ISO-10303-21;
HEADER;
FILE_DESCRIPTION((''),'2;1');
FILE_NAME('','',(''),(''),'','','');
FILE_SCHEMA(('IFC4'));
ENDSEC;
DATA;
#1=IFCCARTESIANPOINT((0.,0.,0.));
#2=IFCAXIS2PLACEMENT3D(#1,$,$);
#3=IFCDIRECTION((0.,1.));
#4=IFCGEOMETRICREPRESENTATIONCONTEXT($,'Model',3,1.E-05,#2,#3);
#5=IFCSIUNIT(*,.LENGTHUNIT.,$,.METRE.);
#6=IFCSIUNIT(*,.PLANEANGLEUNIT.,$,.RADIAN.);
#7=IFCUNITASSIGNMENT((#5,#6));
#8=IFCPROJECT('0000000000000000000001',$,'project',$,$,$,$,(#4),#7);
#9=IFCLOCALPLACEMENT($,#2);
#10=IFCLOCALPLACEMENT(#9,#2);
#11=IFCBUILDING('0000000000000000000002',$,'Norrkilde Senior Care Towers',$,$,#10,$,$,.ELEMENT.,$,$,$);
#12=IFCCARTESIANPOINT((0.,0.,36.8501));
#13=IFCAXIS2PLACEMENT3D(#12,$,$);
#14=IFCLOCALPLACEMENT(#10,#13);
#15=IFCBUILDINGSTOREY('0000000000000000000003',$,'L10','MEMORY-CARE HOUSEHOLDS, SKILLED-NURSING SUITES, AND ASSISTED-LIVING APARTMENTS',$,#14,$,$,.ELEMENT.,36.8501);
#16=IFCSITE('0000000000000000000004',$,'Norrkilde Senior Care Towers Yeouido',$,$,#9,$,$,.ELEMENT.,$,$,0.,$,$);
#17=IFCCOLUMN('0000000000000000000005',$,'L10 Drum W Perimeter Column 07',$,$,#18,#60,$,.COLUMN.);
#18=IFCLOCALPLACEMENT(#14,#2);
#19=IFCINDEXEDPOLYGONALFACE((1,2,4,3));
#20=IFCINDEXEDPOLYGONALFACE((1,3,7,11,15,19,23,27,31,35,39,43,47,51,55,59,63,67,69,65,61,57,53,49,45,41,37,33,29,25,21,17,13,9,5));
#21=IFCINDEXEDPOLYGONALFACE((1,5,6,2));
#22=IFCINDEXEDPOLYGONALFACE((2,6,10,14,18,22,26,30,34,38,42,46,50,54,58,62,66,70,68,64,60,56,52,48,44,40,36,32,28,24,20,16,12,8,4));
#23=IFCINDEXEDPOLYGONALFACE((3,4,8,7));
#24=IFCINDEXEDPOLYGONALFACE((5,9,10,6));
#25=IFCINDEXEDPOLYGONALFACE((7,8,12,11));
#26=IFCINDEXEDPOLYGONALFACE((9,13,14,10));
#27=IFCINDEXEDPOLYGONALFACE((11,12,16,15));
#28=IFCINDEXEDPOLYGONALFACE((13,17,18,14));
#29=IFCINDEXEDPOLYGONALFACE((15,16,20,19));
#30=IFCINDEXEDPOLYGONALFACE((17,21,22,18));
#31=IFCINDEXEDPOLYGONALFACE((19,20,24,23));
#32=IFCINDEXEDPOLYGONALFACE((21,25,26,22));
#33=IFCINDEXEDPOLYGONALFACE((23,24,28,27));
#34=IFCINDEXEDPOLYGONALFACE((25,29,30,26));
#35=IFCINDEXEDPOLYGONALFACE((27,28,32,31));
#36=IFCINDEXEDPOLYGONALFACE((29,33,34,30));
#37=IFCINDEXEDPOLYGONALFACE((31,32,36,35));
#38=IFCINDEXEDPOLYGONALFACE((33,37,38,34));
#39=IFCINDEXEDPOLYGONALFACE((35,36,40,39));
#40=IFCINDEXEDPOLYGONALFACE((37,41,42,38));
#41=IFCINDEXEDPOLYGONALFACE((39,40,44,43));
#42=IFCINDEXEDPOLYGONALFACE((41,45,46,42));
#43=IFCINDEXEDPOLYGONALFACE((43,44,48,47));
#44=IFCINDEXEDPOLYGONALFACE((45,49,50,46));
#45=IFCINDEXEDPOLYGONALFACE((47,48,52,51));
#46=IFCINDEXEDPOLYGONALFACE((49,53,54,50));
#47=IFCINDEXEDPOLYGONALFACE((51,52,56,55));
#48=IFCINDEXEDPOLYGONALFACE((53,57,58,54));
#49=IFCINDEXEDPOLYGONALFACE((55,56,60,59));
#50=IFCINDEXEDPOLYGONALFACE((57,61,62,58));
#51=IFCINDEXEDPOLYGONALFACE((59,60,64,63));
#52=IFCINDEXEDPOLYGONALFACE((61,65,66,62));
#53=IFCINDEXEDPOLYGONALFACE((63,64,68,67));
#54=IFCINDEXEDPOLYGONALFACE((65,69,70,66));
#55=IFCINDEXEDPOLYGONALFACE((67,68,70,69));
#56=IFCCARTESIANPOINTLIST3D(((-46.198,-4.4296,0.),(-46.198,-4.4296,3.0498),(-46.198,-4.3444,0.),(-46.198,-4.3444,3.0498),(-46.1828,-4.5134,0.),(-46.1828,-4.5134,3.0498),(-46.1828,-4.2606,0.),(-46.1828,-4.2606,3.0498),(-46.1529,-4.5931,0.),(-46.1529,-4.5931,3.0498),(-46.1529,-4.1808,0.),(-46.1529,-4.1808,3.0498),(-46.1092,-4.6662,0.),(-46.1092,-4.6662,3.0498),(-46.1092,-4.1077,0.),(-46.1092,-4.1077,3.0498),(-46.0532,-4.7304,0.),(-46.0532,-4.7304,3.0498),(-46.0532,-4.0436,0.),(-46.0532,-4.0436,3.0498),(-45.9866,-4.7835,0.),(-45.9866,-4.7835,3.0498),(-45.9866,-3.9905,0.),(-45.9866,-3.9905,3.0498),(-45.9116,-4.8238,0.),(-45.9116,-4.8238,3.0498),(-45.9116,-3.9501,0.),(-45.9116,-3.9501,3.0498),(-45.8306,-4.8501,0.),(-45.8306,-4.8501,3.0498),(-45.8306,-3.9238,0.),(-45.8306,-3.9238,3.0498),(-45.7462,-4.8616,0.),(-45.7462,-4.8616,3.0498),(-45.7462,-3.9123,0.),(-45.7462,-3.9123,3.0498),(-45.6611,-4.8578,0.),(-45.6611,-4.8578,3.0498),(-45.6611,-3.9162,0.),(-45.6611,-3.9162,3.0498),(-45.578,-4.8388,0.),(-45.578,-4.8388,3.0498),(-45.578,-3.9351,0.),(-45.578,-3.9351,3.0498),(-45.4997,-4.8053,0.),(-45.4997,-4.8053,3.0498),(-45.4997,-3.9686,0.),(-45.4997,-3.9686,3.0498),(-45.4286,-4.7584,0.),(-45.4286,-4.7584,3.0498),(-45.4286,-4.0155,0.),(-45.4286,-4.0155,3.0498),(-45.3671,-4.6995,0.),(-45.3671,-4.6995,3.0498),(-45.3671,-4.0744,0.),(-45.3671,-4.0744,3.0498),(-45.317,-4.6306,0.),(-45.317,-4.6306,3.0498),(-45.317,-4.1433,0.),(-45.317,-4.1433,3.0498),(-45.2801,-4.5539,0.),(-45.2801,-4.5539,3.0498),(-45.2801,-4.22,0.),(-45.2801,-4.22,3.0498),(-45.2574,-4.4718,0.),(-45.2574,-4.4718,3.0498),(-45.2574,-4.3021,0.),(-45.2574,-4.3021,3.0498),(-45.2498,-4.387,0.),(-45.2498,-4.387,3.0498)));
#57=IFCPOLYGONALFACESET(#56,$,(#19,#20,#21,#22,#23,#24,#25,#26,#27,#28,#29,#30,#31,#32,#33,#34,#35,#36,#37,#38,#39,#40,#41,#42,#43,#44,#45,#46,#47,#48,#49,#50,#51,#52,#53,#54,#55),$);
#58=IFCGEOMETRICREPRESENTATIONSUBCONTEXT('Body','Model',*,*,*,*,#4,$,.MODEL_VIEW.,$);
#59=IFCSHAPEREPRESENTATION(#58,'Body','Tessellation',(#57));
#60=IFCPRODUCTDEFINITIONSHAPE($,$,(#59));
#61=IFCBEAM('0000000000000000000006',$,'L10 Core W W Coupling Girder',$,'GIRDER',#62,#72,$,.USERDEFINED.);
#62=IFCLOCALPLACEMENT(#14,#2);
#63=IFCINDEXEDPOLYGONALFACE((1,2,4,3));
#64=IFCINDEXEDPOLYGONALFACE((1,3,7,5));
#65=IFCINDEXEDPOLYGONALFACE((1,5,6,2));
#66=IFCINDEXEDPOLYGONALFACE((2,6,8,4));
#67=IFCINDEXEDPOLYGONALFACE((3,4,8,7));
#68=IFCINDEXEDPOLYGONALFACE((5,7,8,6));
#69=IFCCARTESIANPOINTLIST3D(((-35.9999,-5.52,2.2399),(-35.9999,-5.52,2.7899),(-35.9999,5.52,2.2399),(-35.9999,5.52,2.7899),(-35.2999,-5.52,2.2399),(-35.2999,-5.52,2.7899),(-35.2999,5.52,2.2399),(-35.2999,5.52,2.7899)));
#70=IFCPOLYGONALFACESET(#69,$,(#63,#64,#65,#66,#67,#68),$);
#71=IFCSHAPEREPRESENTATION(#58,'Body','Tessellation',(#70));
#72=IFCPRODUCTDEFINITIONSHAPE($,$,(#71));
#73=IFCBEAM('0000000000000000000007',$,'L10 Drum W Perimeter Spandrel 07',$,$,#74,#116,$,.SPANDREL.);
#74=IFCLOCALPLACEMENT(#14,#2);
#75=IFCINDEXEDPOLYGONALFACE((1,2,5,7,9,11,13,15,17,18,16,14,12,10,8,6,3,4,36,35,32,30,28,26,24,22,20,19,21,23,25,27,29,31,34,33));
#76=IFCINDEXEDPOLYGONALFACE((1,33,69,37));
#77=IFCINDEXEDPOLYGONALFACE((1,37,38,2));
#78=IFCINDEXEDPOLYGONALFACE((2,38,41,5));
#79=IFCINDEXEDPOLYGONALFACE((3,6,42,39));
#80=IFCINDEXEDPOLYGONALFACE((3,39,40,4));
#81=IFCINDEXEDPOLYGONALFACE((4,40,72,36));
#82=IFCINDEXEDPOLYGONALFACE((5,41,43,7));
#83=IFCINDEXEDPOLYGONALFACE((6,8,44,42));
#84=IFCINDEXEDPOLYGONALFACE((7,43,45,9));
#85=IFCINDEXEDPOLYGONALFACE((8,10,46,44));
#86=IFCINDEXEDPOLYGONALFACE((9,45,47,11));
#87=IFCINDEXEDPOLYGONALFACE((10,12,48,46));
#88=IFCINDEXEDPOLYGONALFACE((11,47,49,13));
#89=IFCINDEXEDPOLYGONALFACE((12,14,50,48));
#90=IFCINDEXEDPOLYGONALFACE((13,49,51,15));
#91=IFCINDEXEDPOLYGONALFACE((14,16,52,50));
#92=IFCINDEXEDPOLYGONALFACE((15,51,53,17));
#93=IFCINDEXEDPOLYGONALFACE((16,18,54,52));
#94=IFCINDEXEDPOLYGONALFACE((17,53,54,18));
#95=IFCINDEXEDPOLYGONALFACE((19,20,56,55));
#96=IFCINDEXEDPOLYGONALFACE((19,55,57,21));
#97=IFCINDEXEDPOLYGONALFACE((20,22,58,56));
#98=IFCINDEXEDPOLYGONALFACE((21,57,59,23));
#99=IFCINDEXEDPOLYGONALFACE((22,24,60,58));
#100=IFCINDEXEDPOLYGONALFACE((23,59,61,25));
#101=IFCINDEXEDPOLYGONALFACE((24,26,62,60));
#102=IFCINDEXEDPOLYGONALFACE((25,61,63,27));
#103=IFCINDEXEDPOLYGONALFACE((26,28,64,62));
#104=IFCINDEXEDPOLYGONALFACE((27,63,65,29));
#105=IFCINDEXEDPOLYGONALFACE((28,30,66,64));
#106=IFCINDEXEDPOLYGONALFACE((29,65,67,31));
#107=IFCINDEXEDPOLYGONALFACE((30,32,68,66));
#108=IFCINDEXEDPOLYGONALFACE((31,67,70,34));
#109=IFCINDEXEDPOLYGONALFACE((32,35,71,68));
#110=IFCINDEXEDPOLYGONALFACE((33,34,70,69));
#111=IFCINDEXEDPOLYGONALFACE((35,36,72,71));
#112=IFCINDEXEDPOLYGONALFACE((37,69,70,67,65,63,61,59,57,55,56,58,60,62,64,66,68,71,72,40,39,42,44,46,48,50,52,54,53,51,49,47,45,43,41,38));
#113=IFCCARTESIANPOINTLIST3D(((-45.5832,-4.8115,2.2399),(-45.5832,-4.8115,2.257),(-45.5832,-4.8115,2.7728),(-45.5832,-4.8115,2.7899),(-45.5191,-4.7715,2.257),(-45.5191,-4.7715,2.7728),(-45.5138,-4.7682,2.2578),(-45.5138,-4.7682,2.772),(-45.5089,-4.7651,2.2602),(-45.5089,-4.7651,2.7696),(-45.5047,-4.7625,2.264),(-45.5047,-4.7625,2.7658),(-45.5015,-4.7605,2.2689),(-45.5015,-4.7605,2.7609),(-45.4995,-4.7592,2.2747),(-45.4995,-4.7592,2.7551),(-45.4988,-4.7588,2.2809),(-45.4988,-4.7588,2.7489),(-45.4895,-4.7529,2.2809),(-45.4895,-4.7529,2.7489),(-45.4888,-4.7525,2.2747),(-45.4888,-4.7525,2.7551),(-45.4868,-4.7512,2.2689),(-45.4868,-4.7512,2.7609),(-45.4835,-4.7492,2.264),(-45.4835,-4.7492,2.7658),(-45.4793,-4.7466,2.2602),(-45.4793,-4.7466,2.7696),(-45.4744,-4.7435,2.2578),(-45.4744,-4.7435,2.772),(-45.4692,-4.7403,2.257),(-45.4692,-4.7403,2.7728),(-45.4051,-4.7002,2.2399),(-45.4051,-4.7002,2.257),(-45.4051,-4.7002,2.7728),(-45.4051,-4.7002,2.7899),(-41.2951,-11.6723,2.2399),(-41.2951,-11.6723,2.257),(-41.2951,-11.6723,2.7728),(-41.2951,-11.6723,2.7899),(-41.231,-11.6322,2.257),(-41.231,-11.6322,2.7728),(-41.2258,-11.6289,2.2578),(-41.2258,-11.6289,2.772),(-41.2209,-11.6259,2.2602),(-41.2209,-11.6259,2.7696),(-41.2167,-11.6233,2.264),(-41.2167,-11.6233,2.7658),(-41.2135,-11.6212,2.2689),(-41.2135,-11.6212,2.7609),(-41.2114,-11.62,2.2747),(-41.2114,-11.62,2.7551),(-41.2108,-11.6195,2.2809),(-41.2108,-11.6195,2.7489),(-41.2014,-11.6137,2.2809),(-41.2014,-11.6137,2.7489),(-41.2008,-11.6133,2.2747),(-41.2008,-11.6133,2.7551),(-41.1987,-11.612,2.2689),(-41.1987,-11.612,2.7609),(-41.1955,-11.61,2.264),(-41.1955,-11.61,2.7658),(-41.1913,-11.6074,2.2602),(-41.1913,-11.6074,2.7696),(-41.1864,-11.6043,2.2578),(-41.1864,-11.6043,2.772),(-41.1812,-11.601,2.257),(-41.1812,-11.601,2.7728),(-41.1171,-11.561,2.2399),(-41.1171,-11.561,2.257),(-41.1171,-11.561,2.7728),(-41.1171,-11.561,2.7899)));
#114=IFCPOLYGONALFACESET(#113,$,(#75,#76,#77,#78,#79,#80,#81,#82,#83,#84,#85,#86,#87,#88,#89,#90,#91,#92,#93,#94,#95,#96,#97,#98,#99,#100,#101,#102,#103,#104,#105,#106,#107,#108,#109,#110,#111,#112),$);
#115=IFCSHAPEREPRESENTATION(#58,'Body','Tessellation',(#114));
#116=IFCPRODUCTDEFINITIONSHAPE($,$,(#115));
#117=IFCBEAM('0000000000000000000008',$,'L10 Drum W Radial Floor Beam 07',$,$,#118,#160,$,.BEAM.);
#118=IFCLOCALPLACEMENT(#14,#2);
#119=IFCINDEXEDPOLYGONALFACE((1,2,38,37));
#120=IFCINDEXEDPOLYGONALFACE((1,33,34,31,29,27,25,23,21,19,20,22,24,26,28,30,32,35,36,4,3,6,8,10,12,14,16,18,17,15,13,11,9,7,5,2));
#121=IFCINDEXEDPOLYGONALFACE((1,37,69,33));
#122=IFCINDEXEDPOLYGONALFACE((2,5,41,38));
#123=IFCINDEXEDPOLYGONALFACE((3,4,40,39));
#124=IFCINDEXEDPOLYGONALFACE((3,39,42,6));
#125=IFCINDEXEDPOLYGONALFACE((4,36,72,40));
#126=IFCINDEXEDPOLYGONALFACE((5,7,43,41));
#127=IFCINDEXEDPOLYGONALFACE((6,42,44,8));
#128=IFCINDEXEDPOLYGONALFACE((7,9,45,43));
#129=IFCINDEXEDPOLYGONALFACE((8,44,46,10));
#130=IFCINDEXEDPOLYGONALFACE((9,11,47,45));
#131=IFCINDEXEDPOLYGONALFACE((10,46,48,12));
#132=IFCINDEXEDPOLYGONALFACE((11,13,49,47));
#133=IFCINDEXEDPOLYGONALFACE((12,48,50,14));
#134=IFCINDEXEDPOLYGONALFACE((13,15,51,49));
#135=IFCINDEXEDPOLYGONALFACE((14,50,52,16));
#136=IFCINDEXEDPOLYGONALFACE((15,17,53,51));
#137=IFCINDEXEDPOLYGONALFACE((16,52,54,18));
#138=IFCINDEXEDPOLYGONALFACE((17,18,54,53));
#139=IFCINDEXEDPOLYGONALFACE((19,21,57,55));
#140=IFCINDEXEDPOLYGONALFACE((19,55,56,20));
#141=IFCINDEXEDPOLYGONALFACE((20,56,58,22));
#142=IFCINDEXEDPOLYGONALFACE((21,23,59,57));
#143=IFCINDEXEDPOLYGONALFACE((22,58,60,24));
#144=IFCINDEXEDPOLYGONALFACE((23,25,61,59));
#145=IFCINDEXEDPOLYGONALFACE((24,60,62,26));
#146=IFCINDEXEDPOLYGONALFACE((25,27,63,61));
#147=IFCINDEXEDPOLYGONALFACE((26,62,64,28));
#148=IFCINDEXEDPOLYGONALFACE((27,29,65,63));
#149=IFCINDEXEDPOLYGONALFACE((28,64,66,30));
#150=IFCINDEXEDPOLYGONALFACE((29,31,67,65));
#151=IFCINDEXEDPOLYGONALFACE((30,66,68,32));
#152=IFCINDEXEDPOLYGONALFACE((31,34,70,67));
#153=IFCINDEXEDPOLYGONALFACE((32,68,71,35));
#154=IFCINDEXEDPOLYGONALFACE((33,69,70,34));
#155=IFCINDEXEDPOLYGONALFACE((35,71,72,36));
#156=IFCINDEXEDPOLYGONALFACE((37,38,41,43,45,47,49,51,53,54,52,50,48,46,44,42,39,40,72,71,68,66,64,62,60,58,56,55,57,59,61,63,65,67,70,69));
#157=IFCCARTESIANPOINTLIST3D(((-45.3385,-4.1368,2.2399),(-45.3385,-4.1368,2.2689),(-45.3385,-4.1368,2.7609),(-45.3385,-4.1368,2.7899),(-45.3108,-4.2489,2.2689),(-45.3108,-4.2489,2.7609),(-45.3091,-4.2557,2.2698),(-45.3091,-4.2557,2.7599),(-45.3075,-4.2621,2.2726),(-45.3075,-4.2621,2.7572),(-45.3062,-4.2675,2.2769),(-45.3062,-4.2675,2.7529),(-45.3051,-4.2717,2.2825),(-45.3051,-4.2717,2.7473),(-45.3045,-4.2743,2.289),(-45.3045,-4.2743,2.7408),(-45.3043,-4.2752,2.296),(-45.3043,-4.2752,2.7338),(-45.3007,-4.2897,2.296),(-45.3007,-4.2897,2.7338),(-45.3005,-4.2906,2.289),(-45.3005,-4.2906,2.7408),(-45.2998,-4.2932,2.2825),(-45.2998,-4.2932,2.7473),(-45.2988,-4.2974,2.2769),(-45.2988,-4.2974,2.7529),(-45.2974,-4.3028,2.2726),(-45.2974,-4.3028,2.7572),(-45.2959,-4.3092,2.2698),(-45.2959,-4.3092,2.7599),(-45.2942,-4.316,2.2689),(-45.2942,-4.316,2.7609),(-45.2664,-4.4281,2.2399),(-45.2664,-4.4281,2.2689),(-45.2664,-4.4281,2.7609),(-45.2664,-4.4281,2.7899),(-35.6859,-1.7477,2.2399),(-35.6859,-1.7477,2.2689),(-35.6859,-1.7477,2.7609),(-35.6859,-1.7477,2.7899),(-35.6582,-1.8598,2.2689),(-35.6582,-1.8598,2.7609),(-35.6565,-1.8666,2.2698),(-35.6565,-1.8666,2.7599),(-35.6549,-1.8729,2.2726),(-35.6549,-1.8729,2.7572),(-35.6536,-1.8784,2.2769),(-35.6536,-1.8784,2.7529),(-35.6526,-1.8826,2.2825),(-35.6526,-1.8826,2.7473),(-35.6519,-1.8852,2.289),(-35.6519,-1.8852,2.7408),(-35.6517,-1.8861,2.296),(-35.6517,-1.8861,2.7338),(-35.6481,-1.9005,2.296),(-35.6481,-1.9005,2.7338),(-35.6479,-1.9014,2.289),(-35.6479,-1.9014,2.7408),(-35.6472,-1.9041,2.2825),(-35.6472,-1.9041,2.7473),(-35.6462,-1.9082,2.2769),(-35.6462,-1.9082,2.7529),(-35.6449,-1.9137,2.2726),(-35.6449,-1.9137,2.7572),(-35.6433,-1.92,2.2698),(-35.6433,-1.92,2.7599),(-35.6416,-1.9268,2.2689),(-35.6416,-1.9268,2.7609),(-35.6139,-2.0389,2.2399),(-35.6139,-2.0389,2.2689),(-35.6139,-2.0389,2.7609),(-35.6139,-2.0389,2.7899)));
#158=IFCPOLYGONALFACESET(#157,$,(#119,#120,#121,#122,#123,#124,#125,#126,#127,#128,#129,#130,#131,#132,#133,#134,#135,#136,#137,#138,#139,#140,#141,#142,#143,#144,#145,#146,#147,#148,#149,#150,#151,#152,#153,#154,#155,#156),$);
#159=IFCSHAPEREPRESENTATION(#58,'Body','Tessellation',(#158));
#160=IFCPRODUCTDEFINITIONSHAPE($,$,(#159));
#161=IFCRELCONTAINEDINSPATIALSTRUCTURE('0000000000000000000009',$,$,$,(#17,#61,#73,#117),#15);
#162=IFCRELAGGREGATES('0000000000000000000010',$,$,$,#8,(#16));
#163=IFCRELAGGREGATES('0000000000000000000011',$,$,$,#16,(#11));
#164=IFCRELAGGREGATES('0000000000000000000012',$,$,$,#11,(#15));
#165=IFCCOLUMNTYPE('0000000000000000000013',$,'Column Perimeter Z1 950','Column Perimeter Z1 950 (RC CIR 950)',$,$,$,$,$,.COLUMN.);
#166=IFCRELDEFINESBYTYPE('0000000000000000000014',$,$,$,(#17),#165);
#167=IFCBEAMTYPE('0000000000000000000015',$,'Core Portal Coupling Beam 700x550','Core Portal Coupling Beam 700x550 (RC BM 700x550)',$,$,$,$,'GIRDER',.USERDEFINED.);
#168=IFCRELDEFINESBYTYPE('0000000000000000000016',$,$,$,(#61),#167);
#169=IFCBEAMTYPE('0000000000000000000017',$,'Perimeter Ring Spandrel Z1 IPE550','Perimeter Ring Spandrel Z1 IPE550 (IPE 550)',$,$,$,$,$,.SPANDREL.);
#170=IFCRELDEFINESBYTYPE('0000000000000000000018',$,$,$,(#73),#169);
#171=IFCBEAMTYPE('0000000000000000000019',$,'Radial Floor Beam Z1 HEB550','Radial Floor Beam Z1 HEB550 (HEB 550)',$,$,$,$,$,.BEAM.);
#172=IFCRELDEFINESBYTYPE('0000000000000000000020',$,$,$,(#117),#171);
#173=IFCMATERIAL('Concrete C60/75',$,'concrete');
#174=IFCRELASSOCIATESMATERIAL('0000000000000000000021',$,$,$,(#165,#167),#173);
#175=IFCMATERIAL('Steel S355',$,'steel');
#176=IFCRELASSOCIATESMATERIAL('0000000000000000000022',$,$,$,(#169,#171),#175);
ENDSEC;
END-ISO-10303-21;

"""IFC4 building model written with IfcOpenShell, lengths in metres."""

from ifc_helpers import new_model, si_unit, direction, frame, origin, origin_2d, place, context, subcontext, project, spatial, rectangle, circle, i_section, extrude, source, transform, mapped, material, material_profile, profile_set, type_object, type_shapes, element, save


model = new_model("IFC4")

# Units and contexts
model_context = context("Model", 3, precision=1e-05, world=origin(), true_north=direction((0.0, 1.0)))
body_context = subcontext(model_context, "Body", "Model", "MODEL_VIEW")
ifc_project = project(units=[si_unit("LENGTHUNIT", "METRE"), si_unit("PLANEANGLEUNIT", "RADIAN")], contexts=[model_context])

# Site, building, storey
site_placement = place(None, origin())
site = spatial("IfcSite", under=ifc_project, at=site_placement, Name="Norrkilde Senior Care Towers Yeouido", CompositionType="ELEMENT", RefElevation=0.0)
building_placement = place(site_placement, origin())
building = spatial("IfcBuilding", under=site, at=building_placement, Name="Norrkilde Senior Care Towers", CompositionType="ELEMENT")
storey_placement = place(building_placement, frame((0.0, 0.0, 36.8501)))
storey = spatial("IfcBuildingStorey", under=building, at=storey_placement, Name="L10", Description="MEMORY-CARE HOUSEHOLDS, SKILLED-NURSING SUITES, AND ASSISTED-LIVING APARTMENTS", CompositionType="ELEMENT", Elevation=36.8501)

# Column
ifc_material_1 = material(Name="Concrete C60/75", Category="concrete")
ifc_material_profile_1 = material_profile(ifc_material_1, circle(Radius=0.4751, at=origin_2d()), Name="RC CIR 950")
ifc_profile_set_1 = profile_set([ifc_material_profile_1], Name="Concrete C60/75")
column_type = type_object("IfcColumnType", Name="Column Perimeter Z1 950", Description="Column Perimeter Z1 950 (RC CIR 950)", PredefinedType="COLUMN", material=ifc_profile_set_1)
shared_shape_1 = source(origin(), body_context, "Body", "SweptSolid", [
    extrude(circle(Radius=0.4751, at=origin_2d()), origin(), (0.0, 0.0, 1.0), 3.0498),
])
type_shapes(column_type, [shared_shape_1])
column_placement = place(storey_placement, frame((-45.7249, -4.387, 0.0), z_axis=(0.0, 0.0, 1.0), x_axis=(1.0, 0.0, 0.0)))
element("IfcColumn", 1, at=column_placement, inside=storey, type_object=column_type, Name="L10 Drum W Perimeter Column 07", PredefinedType="COLUMN", context=body_context, shape_type="MappedRepresentation", body=[
    mapped(shared_shape_1, transform((0.0, 0.0, 0.0), x_axis=(1.0, 0.0, 0.0), y_axis=(0.0, 1.0, 0.0), z_axis=(0.0, 0.0, 1.0), scale=1.0)),
])

# Beams
ifc_material_profile_2 = material_profile(ifc_material_1, rectangle(XDim=0.7, YDim=0.55, at=origin_2d()), Name="RC BM 700x550")
ifc_profile_set_2 = profile_set([ifc_material_profile_2], Name="Concrete C60/75")
beam_type_1 = type_object("IfcBeamType", Name="Core Portal Coupling Beam 700x550", Description="Core Portal Coupling Beam 700x550 (RC BM 700x550)", ElementType="GIRDER", PredefinedType="USERDEFINED", material=ifc_profile_set_2)
shared_shape_2 = source(origin(), body_context, "Body", "SweptSolid", [
    extrude(rectangle(XDim=0.7, YDim=0.55, at=origin_2d()), origin(), (0.0, 0.0, 1.0), 11.04),
])
type_shapes(beam_type_1, [shared_shape_2])
beam_1_placement = place(storey_placement, frame((-35.6499, -5.52, 2.5149), z_axis=(0.0, 1.0, 0.0), x_axis=(-1.0, 0.0, 0.0)))
element("IfcBeam", 2, at=beam_1_placement, inside=storey, type_object=beam_type_1, Name="L10 Core W W Coupling Girder", ObjectType="GIRDER", PredefinedType="USERDEFINED", context=body_context, shape_type="MappedRepresentation", body=[
    mapped(shared_shape_2, transform((0.0, 0.0, 0.0), x_axis=(1.0, 0.0, 0.0), y_axis=(0.0, 1.0, 0.0), z_axis=(0.0, 0.0, 1.0), scale=1.0)),
])
ifc_material_2 = material(Name="Steel S355", Category="steel")
ifc_material_profile_3 = material_profile(ifc_material_2, i_section(OverallWidth=0.21, OverallDepth=0.55, WebThickness=0.011, FlangeThickness=0.0171, FilletRadius=0.0239, at=origin_2d()), Name="IPE 550")
ifc_profile_set_3 = profile_set([ifc_material_profile_3], Name="Steel S355")
beam_type_2 = type_object("IfcBeamType", Name="Perimeter Ring Spandrel Z1 IPE550", Description="Perimeter Ring Spandrel Z1 IPE550 (IPE 550)", PredefinedType="SPANDREL", material=ifc_profile_set_3)
shared_shape_3 = source(origin(), body_context, "Body", "SweptSolid", [
    extrude(i_section(OverallWidth=0.21, OverallDepth=0.55, WebThickness=0.011, FlangeThickness=0.0171, FilletRadius=0.0239, at=origin_2d()), origin(), (0.0, 0.0, 1.0), 8.0906),
])
type_shapes(beam_type_2, [shared_shape_3])
beam_2_placement = place(storey_placement, frame((-45.4941, -4.7559, 2.5149), z_axis=(0.530004, -0.847995, 0.0), x_axis=(0.847995, 0.530004, 0.0)))
element("IfcBeam", 3, at=beam_2_placement, inside=storey, type_object=beam_type_2, Name="L10 Drum W Perimeter Spandrel 07", PredefinedType="SPANDREL", context=body_context, shape_type="MappedRepresentation", body=[
    mapped(shared_shape_3, transform((0.0, 0.0, 0.0), x_axis=(1.0, 0.0, 0.0), y_axis=(0.0, 1.0, 0.0), z_axis=(0.0, 0.0, 1.0), scale=1.0)),
])
ifc_material_profile_4 = material_profile(ifc_material_2, i_section(OverallWidth=0.3, OverallDepth=0.55, WebThickness=0.0149, FlangeThickness=0.0291, FilletRadius=0.0271, at=origin_2d()), Name="HEB 550")
ifc_profile_set_4 = profile_set([ifc_material_profile_4], Name="Steel S355")
beam_type_3 = type_object("IfcBeamType", Name="Radial Floor Beam Z1 HEB550", Description="Radial Floor Beam Z1 HEB550 (HEB 550)", PredefinedType="BEAM", material=ifc_profile_set_4)
shared_shape_4 = source(origin(), body_context, "Body", "SweptSolid", [
    extrude(i_section(OverallWidth=0.3, OverallDepth=0.55, WebThickness=0.0149, FlangeThickness=0.0291, FilletRadius=0.0271, at=origin_2d()), origin(), (0.0, 0.0, 1.0), 9.9438),
])
beam_3_placement = place(storey_placement, frame((-35.6499, -1.8933, 2.5149), z_axis=(-0.970707, -0.240265, 0.0), x_axis=(0.240265, -0.970707, 0.0)))
element("IfcBeam", 4, at=beam_3_placement, inside=storey, type_object=beam_type_3, Name="L10 Drum W Radial Floor Beam 07", PredefinedType="BEAM", context=body_context, shape_type="MappedRepresentation", body=[
    mapped(shared_shape_4, transform((0.0, 0.0, 0.0), x_axis=(1.0, 0.0, 0.0), y_axis=(0.0, 1.0, 0.0), z_axis=(0.0, 0.0, 1.0), scale=1.0)),
])

save(model, "model.ifc")
